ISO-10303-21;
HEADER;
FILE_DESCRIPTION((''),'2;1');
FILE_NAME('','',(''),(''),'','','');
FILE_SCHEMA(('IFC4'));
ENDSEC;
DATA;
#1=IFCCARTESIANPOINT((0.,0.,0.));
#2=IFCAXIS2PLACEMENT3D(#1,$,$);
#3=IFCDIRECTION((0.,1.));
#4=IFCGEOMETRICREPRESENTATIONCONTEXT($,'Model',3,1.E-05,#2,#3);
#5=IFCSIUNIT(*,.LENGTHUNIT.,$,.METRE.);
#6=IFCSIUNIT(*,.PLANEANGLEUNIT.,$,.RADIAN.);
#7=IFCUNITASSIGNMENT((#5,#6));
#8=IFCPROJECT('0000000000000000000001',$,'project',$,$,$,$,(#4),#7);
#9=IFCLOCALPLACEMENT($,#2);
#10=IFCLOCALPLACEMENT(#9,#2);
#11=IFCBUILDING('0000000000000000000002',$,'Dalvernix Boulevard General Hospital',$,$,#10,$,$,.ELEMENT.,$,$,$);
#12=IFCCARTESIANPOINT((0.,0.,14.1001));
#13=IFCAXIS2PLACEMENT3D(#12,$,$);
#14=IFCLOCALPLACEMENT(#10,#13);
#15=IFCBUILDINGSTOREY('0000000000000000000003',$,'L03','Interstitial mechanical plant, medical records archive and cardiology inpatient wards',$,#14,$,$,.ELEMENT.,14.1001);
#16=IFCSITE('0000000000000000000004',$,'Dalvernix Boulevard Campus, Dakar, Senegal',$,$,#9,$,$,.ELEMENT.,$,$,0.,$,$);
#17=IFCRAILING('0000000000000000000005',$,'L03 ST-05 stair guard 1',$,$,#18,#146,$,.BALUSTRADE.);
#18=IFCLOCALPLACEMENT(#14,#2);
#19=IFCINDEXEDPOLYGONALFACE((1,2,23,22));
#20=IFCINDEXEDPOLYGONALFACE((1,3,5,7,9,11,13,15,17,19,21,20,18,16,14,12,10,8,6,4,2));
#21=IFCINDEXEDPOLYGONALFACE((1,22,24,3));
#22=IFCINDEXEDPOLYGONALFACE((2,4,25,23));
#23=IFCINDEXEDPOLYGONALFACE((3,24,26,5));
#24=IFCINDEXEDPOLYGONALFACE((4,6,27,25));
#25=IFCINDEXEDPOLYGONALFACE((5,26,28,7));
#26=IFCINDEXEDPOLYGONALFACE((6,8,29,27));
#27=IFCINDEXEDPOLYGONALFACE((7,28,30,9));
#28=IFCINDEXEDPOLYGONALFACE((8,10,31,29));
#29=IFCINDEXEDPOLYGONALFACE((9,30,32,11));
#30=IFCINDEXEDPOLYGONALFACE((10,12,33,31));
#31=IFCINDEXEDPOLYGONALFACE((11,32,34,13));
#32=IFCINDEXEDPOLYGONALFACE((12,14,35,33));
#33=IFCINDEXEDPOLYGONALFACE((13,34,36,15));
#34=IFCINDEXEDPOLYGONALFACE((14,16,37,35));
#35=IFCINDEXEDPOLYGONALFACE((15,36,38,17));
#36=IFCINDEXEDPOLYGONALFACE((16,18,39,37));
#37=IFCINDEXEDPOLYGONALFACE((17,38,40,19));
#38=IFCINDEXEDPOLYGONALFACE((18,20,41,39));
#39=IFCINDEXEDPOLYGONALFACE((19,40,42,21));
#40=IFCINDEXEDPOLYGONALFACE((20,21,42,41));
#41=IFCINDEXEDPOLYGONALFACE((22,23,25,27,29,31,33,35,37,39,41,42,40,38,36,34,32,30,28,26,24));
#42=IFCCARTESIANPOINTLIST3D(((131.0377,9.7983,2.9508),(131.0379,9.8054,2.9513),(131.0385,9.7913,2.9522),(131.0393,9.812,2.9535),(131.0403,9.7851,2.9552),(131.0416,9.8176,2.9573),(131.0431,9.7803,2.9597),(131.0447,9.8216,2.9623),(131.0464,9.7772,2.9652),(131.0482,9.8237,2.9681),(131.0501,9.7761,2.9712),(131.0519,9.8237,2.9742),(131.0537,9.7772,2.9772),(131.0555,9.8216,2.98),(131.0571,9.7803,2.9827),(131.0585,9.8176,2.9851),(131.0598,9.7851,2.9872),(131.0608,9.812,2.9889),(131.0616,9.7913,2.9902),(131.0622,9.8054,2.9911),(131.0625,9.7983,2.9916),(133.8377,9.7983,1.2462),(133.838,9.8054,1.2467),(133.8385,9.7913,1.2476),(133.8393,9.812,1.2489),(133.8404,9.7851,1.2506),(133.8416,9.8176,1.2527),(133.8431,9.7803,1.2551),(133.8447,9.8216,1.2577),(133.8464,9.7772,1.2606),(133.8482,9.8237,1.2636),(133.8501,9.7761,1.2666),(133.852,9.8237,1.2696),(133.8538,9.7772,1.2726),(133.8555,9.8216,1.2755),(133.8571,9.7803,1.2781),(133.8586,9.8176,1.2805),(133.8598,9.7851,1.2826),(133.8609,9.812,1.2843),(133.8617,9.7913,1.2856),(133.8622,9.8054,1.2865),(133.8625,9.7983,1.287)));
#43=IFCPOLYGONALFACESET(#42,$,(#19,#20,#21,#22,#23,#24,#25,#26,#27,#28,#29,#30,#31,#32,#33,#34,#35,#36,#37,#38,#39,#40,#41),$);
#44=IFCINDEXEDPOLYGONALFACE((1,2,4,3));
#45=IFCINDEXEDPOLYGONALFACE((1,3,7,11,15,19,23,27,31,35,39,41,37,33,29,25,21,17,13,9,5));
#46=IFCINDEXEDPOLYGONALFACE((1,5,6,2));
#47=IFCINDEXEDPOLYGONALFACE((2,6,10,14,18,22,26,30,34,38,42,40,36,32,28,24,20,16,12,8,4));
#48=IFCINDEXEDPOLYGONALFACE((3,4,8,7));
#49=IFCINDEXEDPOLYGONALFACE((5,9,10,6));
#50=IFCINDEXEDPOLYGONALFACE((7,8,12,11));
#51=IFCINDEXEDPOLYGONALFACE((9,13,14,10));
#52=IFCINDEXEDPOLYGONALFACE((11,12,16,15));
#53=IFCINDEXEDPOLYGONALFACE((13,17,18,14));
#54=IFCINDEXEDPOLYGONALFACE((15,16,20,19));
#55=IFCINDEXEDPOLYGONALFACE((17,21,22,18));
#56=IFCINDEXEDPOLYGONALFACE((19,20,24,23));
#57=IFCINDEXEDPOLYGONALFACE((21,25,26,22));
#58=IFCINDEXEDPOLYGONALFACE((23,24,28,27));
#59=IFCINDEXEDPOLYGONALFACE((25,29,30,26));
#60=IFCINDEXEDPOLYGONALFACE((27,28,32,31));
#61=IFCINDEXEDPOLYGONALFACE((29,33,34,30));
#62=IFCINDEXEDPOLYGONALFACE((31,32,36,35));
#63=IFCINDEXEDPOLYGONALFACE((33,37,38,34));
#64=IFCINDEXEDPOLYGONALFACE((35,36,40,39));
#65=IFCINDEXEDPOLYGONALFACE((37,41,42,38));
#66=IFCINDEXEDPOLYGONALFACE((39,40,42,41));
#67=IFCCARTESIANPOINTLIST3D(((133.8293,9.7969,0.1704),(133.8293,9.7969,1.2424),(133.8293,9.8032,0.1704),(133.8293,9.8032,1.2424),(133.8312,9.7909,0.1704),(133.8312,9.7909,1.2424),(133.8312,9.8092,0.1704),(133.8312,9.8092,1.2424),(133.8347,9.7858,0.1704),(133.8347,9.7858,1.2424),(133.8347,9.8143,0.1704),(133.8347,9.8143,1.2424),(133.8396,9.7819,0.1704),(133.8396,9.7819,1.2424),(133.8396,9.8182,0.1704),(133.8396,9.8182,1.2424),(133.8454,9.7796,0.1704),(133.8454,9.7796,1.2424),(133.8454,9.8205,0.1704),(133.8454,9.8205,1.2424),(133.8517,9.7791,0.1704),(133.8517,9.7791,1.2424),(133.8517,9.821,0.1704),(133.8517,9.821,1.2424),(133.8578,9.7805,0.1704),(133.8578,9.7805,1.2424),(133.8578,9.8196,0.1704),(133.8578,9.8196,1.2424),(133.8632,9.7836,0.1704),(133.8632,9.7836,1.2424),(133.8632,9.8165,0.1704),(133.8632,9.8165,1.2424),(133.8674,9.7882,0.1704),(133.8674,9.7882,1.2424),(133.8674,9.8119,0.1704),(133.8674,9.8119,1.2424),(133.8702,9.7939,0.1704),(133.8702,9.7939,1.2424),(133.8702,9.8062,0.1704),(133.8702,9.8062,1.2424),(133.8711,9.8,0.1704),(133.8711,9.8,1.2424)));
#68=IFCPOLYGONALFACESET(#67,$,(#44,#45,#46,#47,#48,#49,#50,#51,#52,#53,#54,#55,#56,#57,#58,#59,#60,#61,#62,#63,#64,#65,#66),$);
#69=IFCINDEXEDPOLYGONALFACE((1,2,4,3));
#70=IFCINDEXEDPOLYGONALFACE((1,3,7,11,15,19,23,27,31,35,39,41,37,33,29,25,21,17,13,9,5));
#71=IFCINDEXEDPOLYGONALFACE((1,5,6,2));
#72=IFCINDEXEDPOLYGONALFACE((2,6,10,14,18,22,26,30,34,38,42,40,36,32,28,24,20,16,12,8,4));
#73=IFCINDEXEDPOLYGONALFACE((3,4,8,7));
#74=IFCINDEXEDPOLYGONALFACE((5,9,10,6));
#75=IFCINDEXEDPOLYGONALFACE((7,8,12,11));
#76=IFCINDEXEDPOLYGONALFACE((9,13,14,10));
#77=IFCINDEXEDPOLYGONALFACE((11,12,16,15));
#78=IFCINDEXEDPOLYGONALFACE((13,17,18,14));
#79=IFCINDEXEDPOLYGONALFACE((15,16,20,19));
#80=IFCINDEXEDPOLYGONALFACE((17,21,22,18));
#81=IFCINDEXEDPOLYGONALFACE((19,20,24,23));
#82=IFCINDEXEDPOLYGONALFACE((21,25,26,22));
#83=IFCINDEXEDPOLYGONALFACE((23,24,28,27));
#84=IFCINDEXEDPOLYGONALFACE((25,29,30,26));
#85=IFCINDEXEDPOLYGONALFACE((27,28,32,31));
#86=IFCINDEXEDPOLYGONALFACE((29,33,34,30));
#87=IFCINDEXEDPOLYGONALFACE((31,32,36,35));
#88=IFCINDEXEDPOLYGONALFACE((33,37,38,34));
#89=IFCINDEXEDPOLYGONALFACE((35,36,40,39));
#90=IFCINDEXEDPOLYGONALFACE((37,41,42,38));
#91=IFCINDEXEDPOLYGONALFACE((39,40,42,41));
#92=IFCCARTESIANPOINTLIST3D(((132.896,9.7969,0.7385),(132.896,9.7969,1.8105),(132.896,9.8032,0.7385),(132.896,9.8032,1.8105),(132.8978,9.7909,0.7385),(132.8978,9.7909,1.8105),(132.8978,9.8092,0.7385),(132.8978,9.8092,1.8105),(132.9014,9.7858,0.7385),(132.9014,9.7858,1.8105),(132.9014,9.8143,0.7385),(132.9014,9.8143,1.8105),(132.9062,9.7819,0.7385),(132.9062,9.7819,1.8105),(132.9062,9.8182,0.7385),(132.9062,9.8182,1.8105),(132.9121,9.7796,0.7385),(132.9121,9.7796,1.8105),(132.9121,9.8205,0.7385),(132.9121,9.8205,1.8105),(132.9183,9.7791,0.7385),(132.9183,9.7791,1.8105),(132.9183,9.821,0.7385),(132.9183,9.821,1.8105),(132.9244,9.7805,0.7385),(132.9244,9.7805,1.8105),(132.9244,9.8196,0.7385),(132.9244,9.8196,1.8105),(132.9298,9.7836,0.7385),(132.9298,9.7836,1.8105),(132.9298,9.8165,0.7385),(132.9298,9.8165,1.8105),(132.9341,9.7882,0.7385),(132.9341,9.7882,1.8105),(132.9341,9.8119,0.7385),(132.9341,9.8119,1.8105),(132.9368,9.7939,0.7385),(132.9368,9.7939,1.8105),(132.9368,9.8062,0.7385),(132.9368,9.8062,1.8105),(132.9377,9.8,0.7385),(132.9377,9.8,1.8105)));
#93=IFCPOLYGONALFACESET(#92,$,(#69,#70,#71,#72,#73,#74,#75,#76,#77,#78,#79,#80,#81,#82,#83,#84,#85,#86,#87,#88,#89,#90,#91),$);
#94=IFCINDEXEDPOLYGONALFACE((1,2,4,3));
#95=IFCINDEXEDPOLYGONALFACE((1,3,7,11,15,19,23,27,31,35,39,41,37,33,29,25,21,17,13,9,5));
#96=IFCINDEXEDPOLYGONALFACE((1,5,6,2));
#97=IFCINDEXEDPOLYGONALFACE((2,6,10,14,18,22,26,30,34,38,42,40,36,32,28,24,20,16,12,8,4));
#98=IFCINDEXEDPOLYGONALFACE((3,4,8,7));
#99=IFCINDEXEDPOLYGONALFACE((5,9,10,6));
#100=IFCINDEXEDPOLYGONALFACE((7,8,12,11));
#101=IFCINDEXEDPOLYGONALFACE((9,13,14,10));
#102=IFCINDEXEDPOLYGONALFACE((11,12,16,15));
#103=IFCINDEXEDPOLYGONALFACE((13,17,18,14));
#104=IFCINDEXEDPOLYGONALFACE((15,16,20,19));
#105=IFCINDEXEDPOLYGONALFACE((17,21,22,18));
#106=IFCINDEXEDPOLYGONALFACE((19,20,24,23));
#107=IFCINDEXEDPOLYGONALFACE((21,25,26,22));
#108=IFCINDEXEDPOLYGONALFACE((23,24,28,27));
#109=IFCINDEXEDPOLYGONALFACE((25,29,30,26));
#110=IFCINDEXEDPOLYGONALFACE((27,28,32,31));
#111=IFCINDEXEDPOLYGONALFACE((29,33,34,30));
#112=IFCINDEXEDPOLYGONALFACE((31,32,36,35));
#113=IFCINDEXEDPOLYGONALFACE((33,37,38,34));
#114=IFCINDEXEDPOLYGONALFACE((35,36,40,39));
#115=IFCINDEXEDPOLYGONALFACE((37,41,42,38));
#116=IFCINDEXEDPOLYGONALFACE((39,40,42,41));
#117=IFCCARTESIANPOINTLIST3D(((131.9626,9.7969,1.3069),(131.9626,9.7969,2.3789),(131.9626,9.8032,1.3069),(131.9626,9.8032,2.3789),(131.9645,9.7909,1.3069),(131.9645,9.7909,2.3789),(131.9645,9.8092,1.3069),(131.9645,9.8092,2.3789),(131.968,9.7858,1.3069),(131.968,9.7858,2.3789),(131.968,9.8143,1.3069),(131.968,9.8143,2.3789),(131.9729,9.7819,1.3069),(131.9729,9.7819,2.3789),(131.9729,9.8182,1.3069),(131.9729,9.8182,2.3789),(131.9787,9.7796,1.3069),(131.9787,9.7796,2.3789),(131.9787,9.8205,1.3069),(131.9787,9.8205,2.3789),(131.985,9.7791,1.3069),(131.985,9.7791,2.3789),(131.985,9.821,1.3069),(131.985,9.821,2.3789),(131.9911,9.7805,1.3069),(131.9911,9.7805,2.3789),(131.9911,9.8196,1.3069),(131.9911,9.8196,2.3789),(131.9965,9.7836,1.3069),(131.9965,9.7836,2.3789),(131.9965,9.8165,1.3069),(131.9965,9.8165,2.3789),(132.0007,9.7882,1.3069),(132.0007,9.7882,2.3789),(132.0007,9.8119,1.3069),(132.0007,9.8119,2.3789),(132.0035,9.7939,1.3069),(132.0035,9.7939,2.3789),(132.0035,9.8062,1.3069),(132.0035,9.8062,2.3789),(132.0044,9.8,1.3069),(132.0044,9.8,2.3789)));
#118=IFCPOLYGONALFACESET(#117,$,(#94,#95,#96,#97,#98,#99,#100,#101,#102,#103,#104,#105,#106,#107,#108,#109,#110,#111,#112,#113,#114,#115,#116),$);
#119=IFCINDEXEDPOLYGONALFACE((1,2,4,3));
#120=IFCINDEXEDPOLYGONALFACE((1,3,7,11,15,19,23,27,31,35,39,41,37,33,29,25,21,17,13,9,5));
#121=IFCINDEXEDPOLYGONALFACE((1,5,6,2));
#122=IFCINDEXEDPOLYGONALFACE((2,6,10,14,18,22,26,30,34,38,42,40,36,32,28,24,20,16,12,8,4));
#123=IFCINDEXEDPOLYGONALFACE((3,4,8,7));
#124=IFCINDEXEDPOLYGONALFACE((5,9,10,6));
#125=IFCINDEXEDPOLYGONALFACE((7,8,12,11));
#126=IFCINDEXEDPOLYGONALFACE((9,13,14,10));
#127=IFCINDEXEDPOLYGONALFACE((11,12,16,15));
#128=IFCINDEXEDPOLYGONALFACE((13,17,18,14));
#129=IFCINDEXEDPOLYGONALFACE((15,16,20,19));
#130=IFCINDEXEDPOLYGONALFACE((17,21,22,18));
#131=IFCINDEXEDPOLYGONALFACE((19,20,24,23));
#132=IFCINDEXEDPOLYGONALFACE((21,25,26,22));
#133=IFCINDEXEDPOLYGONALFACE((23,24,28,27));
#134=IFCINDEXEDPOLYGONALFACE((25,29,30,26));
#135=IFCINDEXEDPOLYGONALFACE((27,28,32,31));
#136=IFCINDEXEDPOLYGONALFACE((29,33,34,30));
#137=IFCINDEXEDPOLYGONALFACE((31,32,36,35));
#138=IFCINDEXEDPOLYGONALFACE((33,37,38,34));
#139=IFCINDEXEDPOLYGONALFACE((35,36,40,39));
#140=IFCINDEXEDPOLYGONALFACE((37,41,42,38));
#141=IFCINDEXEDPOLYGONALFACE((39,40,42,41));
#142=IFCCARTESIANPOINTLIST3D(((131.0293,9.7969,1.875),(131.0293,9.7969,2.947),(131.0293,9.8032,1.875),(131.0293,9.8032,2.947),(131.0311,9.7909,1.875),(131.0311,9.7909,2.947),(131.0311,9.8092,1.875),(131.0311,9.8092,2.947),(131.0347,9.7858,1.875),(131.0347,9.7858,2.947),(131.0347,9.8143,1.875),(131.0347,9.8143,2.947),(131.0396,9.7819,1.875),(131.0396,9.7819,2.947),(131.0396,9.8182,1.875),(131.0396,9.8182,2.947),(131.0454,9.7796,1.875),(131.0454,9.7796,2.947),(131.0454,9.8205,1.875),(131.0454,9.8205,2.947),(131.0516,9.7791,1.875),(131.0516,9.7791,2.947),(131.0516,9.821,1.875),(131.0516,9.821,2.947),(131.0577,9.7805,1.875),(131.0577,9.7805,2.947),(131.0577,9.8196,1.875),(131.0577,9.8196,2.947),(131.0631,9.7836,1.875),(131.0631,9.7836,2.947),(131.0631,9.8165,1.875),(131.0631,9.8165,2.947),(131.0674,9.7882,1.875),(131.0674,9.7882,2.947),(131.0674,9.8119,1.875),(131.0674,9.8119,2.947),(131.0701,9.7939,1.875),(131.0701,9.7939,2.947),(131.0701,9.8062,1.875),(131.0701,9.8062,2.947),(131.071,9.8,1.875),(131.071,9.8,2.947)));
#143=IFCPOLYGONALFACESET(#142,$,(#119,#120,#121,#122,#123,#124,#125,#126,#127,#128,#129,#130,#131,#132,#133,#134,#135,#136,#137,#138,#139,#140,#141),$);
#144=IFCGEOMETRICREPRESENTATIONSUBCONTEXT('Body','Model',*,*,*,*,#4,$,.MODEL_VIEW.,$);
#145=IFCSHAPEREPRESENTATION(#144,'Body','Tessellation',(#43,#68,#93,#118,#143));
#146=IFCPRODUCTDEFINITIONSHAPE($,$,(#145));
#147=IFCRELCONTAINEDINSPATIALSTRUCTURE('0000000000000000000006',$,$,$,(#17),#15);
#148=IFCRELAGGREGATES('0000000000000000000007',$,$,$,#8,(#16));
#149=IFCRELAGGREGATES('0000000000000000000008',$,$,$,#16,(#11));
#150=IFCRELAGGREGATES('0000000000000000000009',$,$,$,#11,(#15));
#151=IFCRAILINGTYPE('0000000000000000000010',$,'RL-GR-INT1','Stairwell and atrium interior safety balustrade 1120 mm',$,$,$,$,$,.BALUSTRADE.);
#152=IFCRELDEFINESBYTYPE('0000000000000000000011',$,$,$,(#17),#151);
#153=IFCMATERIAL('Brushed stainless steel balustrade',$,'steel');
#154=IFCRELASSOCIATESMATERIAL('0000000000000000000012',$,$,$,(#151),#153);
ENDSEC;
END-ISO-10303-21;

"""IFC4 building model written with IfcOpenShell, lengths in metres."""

from ifc_helpers import new_model, si_unit, direction, frame, origin, origin_2d, place, context, subcontext, project, spatial, circle, extrude, material, type_object, element, save


model = new_model("IFC4")

# Units and contexts
model_context = context("Model", 3, precision=1e-05, world=origin(), true_north=direction((0.0, 1.0)))
body_context = subcontext(model_context, "Body", "Model", "MODEL_VIEW")
ifc_project = project(units=[si_unit("LENGTHUNIT", "METRE"), si_unit("PLANEANGLEUNIT", "RADIAN")], contexts=[model_context])

# Site, building, storey
site_placement = place(None, origin())
site = spatial("IfcSite", under=ifc_project, at=site_placement, Name="Dalvernix Boulevard Campus, Dakar, Senegal", CompositionType="ELEMENT", RefElevation=0.0)
building_placement = place(site_placement, origin())
building = spatial("IfcBuilding", under=site, at=building_placement, Name="Dalvernix Boulevard General Hospital", CompositionType="ELEMENT")
storey_placement = place(building_placement, frame((0.0, 0.0, 14.1001)))
storey = spatial("IfcBuildingStorey", under=building, at=storey_placement, Name="L03", Description="Interstitial mechanical plant, medical records archive and cardiology inpatient wards", CompositionType="ELEMENT", Elevation=14.1001)

# Railing
ifc_material_1 = material(Name="Brushed stainless steel balustrade", Category="steel")
railing_type_1 = type_object("IfcRailingType", Name="RL-GR-INT1", Description="Stairwell and atrium interior safety balustrade 1120 mm", PredefinedType="BALUSTRADE", material=ifc_material_1)
railing_1_placement = place(storey_placement, frame((133.8501, 9.8, 0.1704)))
element("IfcRailing", 1, at=railing_1_placement, inside=storey, type_object=railing_type_1, Name="L03 ST-05 stair guard 1", PredefinedType="BALUSTRADE", context=body_context, shape_type="SweptSolid", body=[
    extrude(circle(Radius=0.0239, at=origin_2d()), frame((0.0, 0.0, 1.0962), z_axis=(-0.85417, 0.0, 0.519994), x_axis=(0.0, -1.0, 0.0)), (0.0, 0.0, 1.0), 3.2781),
    extrude(circle(Radius=0.021, at=origin_2d()), origin(), (0.0, 0.0, 1.0), 1.072),
    extrude(circle(Radius=0.021, at=origin_2d()), frame((-0.9333, 0.0, 0.5681)), (0.0, 0.0, 1.0), 1.072),
    extrude(circle(Radius=0.021, at=origin_2d()), frame((-1.8667, 0.0, 1.1365)), (0.0, 0.0, 1.0), 1.072),
    extrude(circle(Radius=0.021, at=origin_2d()), frame((-2.8, 0.0, 1.7046)), (0.0, 0.0, 1.0), 1.072),
])

save(model, "model.ifc")
